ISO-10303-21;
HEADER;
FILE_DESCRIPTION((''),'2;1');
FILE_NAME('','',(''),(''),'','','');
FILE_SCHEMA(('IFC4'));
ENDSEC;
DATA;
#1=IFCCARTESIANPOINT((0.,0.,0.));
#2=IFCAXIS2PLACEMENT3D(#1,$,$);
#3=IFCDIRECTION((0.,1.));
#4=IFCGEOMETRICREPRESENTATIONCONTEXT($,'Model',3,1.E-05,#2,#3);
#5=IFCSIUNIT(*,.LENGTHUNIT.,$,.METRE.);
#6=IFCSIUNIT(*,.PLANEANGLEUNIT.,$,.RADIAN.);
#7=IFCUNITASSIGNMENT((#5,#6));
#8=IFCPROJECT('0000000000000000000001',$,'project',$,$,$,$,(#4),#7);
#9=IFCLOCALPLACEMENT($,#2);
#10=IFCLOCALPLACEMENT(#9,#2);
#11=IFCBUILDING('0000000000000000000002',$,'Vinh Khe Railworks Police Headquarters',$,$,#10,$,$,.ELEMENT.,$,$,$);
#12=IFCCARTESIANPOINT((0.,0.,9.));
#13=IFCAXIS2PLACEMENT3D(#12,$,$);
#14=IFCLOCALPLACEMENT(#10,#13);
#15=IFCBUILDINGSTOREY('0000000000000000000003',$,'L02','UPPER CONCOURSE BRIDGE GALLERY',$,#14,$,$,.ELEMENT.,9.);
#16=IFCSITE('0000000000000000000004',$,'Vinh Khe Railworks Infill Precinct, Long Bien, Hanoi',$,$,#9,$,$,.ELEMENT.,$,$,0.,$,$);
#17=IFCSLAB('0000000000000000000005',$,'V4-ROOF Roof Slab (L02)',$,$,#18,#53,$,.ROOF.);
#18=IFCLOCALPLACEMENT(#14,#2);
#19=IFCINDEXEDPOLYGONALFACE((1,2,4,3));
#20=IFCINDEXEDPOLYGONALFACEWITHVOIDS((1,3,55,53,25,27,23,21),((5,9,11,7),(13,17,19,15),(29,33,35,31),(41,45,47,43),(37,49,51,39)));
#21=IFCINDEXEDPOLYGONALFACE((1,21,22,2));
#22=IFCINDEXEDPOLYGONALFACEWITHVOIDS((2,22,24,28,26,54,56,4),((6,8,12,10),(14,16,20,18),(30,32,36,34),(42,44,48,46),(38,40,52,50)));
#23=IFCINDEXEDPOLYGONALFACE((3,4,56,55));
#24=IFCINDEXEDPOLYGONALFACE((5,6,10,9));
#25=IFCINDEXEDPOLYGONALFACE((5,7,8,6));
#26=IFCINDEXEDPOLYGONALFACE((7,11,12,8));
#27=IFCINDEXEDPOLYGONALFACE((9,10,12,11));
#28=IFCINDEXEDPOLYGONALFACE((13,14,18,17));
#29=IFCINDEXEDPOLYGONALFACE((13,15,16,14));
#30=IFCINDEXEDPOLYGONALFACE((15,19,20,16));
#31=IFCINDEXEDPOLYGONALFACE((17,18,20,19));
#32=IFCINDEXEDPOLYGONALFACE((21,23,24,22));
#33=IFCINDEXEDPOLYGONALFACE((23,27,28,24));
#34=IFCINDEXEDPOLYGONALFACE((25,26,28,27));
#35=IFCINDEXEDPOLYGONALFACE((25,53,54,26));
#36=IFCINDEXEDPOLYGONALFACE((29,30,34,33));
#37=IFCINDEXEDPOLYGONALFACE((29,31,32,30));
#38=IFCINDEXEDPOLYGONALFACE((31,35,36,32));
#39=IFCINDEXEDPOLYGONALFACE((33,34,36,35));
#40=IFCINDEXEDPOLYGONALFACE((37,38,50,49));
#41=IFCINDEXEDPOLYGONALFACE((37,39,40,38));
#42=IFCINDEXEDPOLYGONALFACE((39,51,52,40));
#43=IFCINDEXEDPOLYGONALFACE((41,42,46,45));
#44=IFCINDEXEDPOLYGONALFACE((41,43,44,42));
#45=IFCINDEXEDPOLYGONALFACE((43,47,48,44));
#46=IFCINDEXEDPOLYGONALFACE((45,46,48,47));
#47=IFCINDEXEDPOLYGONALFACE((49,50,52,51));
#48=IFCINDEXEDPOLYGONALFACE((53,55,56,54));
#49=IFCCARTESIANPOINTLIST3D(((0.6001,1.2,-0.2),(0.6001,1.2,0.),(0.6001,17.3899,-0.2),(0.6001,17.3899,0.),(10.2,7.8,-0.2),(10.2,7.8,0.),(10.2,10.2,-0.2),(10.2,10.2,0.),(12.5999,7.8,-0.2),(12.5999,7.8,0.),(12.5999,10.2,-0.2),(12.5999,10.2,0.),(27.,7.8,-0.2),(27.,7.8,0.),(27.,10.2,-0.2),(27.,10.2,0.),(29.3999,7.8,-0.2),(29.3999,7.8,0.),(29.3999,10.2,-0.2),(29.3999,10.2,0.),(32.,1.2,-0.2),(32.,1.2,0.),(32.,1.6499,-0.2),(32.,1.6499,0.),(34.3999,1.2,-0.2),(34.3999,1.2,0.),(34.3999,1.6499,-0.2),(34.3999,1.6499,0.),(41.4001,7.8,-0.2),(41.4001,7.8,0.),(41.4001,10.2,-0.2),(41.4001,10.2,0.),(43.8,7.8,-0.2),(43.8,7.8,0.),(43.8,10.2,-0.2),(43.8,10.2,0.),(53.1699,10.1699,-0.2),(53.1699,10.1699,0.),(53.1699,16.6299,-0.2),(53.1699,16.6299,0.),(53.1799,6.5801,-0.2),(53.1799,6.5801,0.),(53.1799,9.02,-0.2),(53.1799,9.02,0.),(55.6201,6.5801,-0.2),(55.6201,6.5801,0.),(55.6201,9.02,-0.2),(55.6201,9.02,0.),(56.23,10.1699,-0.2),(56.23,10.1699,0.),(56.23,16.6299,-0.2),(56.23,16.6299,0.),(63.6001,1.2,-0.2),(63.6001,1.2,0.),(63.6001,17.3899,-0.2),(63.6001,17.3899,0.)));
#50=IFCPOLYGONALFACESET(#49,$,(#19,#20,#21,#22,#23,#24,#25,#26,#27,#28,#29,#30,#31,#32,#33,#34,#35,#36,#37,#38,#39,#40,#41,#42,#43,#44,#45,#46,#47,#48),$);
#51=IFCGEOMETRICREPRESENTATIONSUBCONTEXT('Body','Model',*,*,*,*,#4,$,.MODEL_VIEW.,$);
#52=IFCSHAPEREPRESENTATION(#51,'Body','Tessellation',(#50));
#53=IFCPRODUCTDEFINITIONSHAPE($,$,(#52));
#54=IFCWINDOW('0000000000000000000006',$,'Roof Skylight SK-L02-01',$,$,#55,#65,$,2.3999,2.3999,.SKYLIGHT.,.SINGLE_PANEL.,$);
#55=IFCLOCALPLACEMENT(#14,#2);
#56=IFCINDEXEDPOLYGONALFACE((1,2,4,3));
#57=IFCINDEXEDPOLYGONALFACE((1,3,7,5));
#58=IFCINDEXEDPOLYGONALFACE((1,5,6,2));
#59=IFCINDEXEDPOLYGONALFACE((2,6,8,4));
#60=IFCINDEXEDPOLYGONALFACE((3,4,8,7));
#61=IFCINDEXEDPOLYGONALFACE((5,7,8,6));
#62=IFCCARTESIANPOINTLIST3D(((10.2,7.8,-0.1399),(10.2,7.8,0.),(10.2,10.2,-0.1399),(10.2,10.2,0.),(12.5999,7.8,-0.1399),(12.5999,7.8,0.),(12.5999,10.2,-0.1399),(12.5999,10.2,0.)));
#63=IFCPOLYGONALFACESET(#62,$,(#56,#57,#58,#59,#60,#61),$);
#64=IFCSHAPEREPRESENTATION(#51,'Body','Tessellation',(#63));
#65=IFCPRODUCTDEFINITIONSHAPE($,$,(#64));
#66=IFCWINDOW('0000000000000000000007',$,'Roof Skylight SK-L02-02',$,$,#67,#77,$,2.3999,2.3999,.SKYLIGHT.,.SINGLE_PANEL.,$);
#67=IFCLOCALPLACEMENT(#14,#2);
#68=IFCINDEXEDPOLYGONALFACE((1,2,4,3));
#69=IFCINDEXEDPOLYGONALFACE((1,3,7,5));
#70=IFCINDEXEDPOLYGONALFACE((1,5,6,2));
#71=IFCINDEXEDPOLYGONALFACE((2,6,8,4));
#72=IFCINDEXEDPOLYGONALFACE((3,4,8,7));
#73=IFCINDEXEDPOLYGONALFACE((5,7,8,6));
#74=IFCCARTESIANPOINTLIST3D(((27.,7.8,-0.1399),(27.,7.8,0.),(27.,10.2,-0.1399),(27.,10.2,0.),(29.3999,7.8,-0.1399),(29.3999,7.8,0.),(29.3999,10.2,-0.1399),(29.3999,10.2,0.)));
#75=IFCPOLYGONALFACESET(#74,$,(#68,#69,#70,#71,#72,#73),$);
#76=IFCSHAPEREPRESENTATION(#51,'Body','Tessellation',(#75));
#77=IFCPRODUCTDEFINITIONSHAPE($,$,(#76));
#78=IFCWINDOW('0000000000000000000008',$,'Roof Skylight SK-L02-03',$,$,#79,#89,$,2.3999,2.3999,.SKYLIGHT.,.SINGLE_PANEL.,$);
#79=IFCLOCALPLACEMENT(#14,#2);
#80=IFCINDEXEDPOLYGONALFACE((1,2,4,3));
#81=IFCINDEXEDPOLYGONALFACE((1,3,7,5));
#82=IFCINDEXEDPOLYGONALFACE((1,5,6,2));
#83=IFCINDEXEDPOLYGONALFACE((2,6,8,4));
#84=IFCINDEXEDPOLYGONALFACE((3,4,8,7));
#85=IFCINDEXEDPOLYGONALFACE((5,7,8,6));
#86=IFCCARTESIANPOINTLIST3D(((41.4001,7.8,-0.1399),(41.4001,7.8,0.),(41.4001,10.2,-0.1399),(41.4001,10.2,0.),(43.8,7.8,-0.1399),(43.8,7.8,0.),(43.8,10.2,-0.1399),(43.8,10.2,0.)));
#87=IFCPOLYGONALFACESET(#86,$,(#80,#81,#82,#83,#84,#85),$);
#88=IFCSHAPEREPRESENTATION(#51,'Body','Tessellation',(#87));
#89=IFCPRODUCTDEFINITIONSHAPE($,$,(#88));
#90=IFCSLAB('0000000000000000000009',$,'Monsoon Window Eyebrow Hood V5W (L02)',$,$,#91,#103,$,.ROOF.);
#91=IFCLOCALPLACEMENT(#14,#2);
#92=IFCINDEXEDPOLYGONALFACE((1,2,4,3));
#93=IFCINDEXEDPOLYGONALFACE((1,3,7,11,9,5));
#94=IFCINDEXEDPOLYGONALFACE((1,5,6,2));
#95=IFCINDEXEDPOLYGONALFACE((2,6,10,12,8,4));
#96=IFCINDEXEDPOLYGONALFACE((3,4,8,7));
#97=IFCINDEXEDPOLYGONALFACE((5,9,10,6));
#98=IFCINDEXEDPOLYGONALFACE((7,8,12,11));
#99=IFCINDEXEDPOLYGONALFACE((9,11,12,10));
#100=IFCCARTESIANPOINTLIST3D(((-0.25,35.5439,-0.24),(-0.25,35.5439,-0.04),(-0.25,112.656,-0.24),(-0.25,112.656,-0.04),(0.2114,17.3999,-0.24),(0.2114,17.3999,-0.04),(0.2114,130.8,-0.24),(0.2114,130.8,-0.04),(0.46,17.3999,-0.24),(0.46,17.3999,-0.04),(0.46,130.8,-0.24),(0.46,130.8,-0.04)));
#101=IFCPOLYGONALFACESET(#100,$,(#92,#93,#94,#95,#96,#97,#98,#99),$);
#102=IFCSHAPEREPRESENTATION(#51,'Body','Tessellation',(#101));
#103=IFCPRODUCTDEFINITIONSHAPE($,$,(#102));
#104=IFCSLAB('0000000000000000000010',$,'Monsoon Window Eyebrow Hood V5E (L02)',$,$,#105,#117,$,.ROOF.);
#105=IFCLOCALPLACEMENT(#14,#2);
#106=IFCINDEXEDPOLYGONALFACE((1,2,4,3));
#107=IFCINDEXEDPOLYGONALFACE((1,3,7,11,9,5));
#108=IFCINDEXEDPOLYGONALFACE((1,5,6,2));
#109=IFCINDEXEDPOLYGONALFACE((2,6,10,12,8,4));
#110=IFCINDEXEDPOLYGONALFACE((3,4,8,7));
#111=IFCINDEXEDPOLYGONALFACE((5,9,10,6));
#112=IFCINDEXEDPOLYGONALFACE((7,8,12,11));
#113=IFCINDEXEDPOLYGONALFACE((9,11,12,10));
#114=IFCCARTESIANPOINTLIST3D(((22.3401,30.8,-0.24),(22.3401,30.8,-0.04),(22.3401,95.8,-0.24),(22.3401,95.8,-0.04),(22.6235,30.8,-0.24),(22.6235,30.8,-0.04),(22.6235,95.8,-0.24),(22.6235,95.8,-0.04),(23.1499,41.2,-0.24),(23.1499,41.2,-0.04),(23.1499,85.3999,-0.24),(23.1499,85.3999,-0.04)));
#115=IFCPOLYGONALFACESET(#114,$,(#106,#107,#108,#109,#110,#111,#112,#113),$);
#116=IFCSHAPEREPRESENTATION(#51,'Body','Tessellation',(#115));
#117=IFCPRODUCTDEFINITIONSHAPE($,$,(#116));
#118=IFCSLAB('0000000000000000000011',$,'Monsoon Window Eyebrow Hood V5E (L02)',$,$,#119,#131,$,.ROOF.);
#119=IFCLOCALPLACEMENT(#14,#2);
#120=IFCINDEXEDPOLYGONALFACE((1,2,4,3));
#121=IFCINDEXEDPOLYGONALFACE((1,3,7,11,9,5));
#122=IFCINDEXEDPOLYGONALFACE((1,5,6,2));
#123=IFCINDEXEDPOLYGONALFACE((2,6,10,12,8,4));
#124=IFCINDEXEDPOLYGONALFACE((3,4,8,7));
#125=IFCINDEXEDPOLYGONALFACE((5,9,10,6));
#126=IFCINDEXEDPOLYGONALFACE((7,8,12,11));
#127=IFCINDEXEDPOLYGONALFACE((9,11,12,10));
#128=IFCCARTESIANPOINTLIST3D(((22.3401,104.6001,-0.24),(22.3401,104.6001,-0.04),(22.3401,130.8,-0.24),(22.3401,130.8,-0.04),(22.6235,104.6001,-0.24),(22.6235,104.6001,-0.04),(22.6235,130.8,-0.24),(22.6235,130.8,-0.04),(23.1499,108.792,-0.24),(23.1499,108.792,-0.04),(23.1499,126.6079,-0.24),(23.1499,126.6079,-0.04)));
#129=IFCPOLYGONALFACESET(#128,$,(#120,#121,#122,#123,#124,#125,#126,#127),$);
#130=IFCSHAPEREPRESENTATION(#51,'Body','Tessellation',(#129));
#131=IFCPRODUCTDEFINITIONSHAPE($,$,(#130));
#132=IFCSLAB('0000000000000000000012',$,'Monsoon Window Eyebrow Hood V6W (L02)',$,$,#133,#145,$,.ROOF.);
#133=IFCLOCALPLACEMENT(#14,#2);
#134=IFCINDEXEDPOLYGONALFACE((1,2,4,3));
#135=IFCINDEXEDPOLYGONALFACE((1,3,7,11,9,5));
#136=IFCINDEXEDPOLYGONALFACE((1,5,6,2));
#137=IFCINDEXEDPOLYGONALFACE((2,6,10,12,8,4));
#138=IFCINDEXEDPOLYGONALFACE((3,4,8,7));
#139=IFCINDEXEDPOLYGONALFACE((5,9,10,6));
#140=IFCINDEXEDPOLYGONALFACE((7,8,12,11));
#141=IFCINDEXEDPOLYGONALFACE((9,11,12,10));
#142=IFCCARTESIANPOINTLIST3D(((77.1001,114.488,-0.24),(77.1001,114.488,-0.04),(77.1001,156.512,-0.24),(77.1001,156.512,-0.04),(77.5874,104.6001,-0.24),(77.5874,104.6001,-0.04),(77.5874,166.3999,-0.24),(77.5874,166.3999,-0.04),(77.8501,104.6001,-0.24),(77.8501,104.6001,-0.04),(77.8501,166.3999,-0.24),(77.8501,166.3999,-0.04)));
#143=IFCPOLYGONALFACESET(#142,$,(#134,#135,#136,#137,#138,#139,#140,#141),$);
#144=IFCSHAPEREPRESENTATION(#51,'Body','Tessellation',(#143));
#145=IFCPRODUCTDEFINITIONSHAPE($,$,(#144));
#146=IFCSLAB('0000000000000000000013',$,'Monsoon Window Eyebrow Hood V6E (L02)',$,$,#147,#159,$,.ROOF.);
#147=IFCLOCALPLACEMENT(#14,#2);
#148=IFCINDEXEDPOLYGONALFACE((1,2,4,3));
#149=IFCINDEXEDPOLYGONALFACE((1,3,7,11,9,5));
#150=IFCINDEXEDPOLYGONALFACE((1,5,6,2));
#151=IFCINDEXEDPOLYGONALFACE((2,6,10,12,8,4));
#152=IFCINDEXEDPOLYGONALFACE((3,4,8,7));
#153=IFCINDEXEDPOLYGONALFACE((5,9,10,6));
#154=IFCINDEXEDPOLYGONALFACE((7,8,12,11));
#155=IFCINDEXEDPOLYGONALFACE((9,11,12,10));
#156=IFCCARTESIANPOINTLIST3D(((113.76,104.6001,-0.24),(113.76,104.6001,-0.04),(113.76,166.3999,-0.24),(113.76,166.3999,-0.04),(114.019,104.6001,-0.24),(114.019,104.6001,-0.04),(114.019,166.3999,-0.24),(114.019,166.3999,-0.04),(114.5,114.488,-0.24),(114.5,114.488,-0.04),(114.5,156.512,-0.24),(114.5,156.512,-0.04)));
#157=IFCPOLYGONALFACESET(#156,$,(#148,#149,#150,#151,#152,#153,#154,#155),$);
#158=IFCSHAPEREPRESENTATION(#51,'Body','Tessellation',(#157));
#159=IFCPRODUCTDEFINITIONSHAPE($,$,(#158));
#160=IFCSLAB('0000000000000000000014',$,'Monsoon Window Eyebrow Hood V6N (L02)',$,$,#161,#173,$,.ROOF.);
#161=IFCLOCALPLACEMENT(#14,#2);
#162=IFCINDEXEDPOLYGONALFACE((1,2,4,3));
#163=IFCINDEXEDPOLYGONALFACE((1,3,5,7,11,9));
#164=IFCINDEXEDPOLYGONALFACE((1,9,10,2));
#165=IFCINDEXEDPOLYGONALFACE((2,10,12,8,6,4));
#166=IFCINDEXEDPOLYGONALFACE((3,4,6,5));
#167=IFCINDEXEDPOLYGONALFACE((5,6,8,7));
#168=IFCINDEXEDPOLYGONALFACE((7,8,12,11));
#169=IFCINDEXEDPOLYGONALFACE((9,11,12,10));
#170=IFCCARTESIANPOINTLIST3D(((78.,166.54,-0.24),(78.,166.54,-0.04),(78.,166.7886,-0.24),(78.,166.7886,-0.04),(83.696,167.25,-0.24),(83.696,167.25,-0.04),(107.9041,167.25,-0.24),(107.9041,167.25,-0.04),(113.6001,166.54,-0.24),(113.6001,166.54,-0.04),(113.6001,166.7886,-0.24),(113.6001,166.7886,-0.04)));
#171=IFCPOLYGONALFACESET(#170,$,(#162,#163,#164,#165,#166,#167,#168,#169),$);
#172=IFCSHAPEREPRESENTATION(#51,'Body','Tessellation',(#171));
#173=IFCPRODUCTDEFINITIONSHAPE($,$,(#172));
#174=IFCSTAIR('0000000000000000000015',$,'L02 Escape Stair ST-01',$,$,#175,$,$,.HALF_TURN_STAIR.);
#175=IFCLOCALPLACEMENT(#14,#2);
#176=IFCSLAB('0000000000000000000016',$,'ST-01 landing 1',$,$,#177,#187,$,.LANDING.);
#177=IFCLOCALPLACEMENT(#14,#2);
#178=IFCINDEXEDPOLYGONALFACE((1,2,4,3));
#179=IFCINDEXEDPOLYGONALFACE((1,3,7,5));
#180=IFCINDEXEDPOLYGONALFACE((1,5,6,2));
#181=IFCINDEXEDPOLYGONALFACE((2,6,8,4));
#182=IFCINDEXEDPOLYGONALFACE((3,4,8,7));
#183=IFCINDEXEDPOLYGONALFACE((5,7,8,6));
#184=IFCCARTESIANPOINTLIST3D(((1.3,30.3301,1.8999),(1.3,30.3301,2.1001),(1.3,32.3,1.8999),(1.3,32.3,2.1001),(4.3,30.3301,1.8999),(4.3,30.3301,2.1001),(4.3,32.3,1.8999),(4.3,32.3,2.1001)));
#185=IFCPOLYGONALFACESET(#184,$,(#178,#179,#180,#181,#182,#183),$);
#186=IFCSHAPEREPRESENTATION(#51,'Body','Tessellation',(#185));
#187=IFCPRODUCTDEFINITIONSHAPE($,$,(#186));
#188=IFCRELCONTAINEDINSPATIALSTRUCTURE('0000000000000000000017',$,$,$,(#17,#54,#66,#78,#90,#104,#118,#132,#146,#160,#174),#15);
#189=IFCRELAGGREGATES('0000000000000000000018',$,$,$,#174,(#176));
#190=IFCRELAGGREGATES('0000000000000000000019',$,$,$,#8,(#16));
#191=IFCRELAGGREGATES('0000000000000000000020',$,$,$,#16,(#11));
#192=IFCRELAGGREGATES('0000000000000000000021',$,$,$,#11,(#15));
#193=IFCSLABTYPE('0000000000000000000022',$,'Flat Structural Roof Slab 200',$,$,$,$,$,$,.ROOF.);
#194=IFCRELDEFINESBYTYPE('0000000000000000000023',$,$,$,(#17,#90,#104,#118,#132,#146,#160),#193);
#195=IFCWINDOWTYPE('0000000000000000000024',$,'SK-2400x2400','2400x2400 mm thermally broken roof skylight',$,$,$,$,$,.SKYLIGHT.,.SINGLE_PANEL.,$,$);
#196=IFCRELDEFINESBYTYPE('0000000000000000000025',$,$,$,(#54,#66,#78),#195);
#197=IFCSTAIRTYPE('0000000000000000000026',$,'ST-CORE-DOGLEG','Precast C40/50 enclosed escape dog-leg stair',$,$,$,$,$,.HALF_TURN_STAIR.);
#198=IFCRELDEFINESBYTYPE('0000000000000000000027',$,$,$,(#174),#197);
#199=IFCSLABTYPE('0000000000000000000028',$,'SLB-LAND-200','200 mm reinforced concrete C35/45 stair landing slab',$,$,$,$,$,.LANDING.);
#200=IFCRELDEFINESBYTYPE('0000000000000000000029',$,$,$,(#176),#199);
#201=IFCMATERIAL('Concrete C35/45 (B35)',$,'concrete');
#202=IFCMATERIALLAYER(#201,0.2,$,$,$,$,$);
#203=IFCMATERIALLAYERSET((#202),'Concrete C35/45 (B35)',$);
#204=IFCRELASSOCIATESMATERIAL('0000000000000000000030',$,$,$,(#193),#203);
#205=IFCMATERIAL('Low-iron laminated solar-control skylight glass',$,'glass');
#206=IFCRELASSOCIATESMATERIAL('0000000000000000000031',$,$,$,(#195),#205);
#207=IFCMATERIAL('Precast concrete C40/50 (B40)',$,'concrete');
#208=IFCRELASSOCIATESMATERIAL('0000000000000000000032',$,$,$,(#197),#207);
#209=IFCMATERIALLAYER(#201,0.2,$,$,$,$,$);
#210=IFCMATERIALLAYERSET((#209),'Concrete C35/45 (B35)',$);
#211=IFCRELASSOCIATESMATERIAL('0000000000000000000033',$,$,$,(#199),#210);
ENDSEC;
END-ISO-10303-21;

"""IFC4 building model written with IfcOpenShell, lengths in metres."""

from ifc_helpers import new_model, si_unit, direction, frame, origin, origin_2d, place, context, subcontext, project, spatial, polyline, rectangle, outline, extrude, material, layer, layer_set, type_object, element, fill, aggregate, save


model = new_model("IFC4")

# Units and contexts
model_context = context("Model", 3, precision=1e-05, world=origin(), true_north=direction((0.0, 1.0)))
body_context = subcontext(model_context, "Body", "Model", "MODEL_VIEW")
ifc_project = project(units=[si_unit("LENGTHUNIT", "METRE"), si_unit("PLANEANGLEUNIT", "RADIAN")], contexts=[model_context])

# Site, building, storey
site_placement = place(None, origin())
site = spatial("IfcSite", under=ifc_project, at=site_placement, Name="Vinh Khe Railworks Infill Precinct, Long Bien, Hanoi", CompositionType="ELEMENT", RefElevation=0.0)
building_placement = place(site_placement, origin())
building = spatial("IfcBuilding", under=site, at=building_placement, Name="Vinh Khe Railworks Police Headquarters", CompositionType="ELEMENT")
storey_placement = place(building_placement, frame((0.0, 0.0, 9.0)))
storey = spatial("IfcBuildingStorey", under=building, at=storey_placement, Name="L02", Description="UPPER CONCOURSE BRIDGE GALLERY", CompositionType="ELEMENT", Elevation=9.0)

# Slab, openings, windows
ifc_material_1 = material(Name="Concrete C35/45 (B35)", Category="concrete")
ifc_layer_1 = layer(ifc_material_1, 0.2)
ifc_layer_set_1 = layer_set([ifc_layer_1], Name="Concrete C35/45 (B35)")
slab_type_1 = type_object("IfcSlabType", Name="Flat Structural Roof Slab 200", PredefinedType="ROOF", material=ifc_layer_set_1)
slab_1_placement = place(storey_placement, frame((0.0, 0.0, -0.2)))
slab_1 = element("IfcSlab", 1, at=slab_1_placement, inside=storey, type_object=slab_type_1, Name="V4-ROOF Roof Slab (L02)", PredefinedType="ROOF", context=body_context, shape_type="SweptSolid", body=[
    extrude(outline(polyline([(0.6001, 1.2), (32.0, 1.2), (32.0, 1.6499), (34.3999, 1.6499), (34.3999, 1.2), (63.6001, 1.2), (63.6001, 17.3899), (0.6001, 17.3899), (0.6001, 1.2)]), holes=[polyline([(53.1699, 10.1699), (56.23, 10.1699), (56.23, 16.6299), (53.1699, 16.6299), (53.1699, 10.1699)]), polyline([(53.1799, 6.5801), (55.6201, 6.5801), (55.6201, 9.02), (53.1799, 9.02), (53.1799, 6.5801)])]), origin(), (0.0, 0.0, 1.0), 0.2),
])
opening_1_placement = place(slab_1_placement, frame((11.3999, 9.0, -0.0149)))
opening_1 = element("IfcOpeningElement", 2, at=opening_1_placement, cuts=slab_1, PredefinedType="OPENING", context=body_context, shape_type="SweptSolid", body=[
    extrude(rectangle(XDim=2.3999, YDim=2.3999, at=origin_2d()), origin(), (0.0, 0.0, 1.0), 0.2297),
])
opening_2_placement = place(slab_1_placement, frame((28.2, 9.0, -0.0149)))
opening_2 = element("IfcOpeningElement", 3, at=opening_2_placement, cuts=slab_1, PredefinedType="OPENING", context=body_context, shape_type="SweptSolid", body=[
    extrude(rectangle(XDim=2.3999, YDim=2.3999, at=origin_2d()), origin(), (0.0, 0.0, 1.0), 0.2297),
])
opening_3_placement = place(slab_1_placement, frame((42.6001, 9.0, -0.0149)))
opening_3 = element("IfcOpeningElement", 4, at=opening_3_placement, cuts=slab_1, PredefinedType="OPENING", context=body_context, shape_type="SweptSolid", body=[
    extrude(rectangle(XDim=2.3999, YDim=2.3999, at=origin_2d()), origin(), (0.0, 0.0, 1.0), 0.2297),
])
ifc_material_2 = material(Name="Low-iron laminated solar-control skylight glass", Category="glass")
window_type = type_object("IfcWindowType", Name="SK-2400x2400", Description="2400x2400 mm thermally broken roof skylight", PartitioningType="SINGLE_PANEL", PredefinedType="SKYLIGHT", material=ifc_material_2)
window_1_placement = place(slab_1_placement, frame((11.3999, 9.0, 0.0601)))
window_1 = element("IfcWindow", 5, at=window_1_placement, inside=storey, type_object=window_type, Name="Roof Skylight SK-L02-01", OverallHeight=2.3999, OverallWidth=2.3999, PartitioningType="SINGLE_PANEL", PredefinedType="SKYLIGHT", context=body_context, shape_type="SweptSolid", body=[
    extrude(rectangle(XDim=2.3999, YDim=2.3999, at=origin_2d()), origin(), (0.0, 0.0, 1.0), 0.1399),
])
fill(opening_1, window_1)
window_2_placement = place(slab_1_placement, frame((28.2, 9.0, 0.0601)))
window_2 = element("IfcWindow", 6, at=window_2_placement, inside=storey, type_object=window_type, Name="Roof Skylight SK-L02-02", OverallHeight=2.3999, OverallWidth=2.3999, PartitioningType="SINGLE_PANEL", PredefinedType="SKYLIGHT", context=body_context, shape_type="SweptSolid", body=[
    extrude(rectangle(XDim=2.3999, YDim=2.3999, at=origin_2d()), origin(), (0.0, 0.0, 1.0), 0.1399),
])
fill(opening_2, window_2)
window_3_placement = place(slab_1_placement, frame((42.6001, 9.0, 0.0601)))
window_3 = element("IfcWindow", 7, at=window_3_placement, inside=storey, type_object=window_type, Name="Roof Skylight SK-L02-03", OverallHeight=2.3999, OverallWidth=2.3999, PartitioningType="SINGLE_PANEL", PredefinedType="SKYLIGHT", context=body_context, shape_type="SweptSolid", body=[
    extrude(rectangle(XDim=2.3999, YDim=2.3999, at=origin_2d()), origin(), (0.0, 0.0, 1.0), 0.1399),
])
fill(opening_3, window_3)

# Slabs
slab_2_placement = place(storey_placement, frame((0.0, 0.0, -0.24)))
element("IfcSlab", 8, at=slab_2_placement, inside=storey, type_object=slab_type_1, Name="Monsoon Window Eyebrow Hood V5W (L02)", PredefinedType="ROOF", context=body_context, shape_type="SweptSolid", body=[
    extrude(outline(polyline([(0.46, 17.3999), (0.46, 130.8), (0.2114, 130.8), (-0.25, 112.656), (-0.25, 35.5439), (0.2114, 17.3999), (0.46, 17.3999)])), origin(), (0.0, 0.0, 1.0), 0.2),
])
slab_3_placement = place(storey_placement, frame((0.0, 0.0, -0.24)))
element("IfcSlab", 9, at=slab_3_placement, inside=storey, type_object=slab_type_1, Name="Monsoon Window Eyebrow Hood V5E (L02)", PredefinedType="ROOF", context=body_context, shape_type="SweptSolid", body=[
    extrude(outline(polyline([(22.3401, 30.8), (22.6235, 30.8), (23.1499, 41.2), (23.1499, 85.3999), (22.6235, 95.8), (22.3401, 95.8), (22.3401, 30.8)])), origin(), (0.0, 0.0, 1.0), 0.2),
])
slab_4_placement = place(storey_placement, frame((0.0, 0.0, -0.24)))
element("IfcSlab", 10, at=slab_4_placement, inside=storey, type_object=slab_type_1, Name="Monsoon Window Eyebrow Hood V5E (L02)", PredefinedType="ROOF", context=body_context, shape_type="SweptSolid", body=[
    extrude(outline(polyline([(22.3401, 104.6001), (22.6235, 104.6001), (23.1499, 108.792), (23.1499, 126.6079), (22.6235, 130.8), (22.3401, 130.8), (22.3401, 104.6001)])), origin(), (0.0, 0.0, 1.0), 0.2),
])
slab_5_placement = place(storey_placement, frame((0.0, 0.0, -0.24)))
element("IfcSlab", 11, at=slab_5_placement, inside=storey, type_object=slab_type_1, Name="Monsoon Window Eyebrow Hood V6W (L02)", PredefinedType="ROOF", context=body_context, shape_type="SweptSolid", body=[
    extrude(outline(polyline([(77.8501, 104.6001), (77.8501, 166.3999), (77.5874, 166.3999), (77.1001, 156.512), (77.1001, 114.488), (77.5874, 104.6001), (77.8501, 104.6001)])), origin(), (0.0, 0.0, 1.0), 0.2),
])
slab_6_placement = place(storey_placement, frame((0.0, 0.0, -0.24)))
element("IfcSlab", 12, at=slab_6_placement, inside=storey, type_object=slab_type_1, Name="Monsoon Window Eyebrow Hood V6E (L02)", PredefinedType="ROOF", context=body_context, shape_type="SweptSolid", body=[
    extrude(outline(polyline([(113.76, 104.6001), (114.019, 104.6001), (114.5, 114.488), (114.5, 156.512), (114.019, 166.3999), (113.76, 166.3999), (113.76, 104.6001)])), origin(), (0.0, 0.0, 1.0), 0.2),
])
slab_7_placement = place(storey_placement, frame((0.0, 0.0, -0.24)))
element("IfcSlab", 13, at=slab_7_placement, inside=storey, type_object=slab_type_1, Name="Monsoon Window Eyebrow Hood V6N (L02)", PredefinedType="ROOF", context=body_context, shape_type="SweptSolid", body=[
    extrude(outline(polyline([(78.0, 166.54), (113.6001, 166.54), (113.6001, 166.7886), (107.9041, 167.25), (83.696, 167.25), (78.0, 166.7886), (78.0, 166.54)])), origin(), (0.0, 0.0, 1.0), 0.2),
])

# Stair, slab
ifc_material_3 = material(Name="Precast concrete C40/50 (B40)", Category="concrete")
stair_type = type_object("IfcStairType", Name="ST-CORE-DOGLEG", Description="Precast C40/50 enclosed escape dog-leg stair", PredefinedType="HALF_TURN_STAIR", material=ifc_material_3)
stair_1_placement = place(storey_placement, origin())
stair_1 = element("IfcStair", 14, at=stair_1_placement, inside=storey, type_object=stair_type, Name="L02 Escape Stair ST-01", PredefinedType="HALF_TURN_STAIR")
ifc_layer_2 = layer(ifc_material_1, 0.2)
ifc_layer_set_2 = layer_set([ifc_layer_2], Name="Concrete C35/45 (B35)")
slab_type_2 = type_object("IfcSlabType", Name="SLB-LAND-200", Description="200 mm reinforced concrete C35/45 stair landing slab", PredefinedType="LANDING", material=ifc_layer_set_2)
slab_8_placement = place(storey_placement, frame((0.0, 0.0, 1.8999)))
slab_8 = element("IfcSlab", 15, at=slab_8_placement, type_object=slab_type_2, Name="ST-01 landing 1", PredefinedType="LANDING", context=body_context, shape_type="SweptSolid", body=[
    extrude(outline(polyline([(4.3, 30.3301), (4.3, 32.3), (1.3, 32.3), (1.3, 30.3301), (4.3, 30.3301)])), origin(), (0.0, 0.0, 1.0), 0.2002),
])
aggregate(stair_1, [slab_8])

save(model, "model.ifc")
